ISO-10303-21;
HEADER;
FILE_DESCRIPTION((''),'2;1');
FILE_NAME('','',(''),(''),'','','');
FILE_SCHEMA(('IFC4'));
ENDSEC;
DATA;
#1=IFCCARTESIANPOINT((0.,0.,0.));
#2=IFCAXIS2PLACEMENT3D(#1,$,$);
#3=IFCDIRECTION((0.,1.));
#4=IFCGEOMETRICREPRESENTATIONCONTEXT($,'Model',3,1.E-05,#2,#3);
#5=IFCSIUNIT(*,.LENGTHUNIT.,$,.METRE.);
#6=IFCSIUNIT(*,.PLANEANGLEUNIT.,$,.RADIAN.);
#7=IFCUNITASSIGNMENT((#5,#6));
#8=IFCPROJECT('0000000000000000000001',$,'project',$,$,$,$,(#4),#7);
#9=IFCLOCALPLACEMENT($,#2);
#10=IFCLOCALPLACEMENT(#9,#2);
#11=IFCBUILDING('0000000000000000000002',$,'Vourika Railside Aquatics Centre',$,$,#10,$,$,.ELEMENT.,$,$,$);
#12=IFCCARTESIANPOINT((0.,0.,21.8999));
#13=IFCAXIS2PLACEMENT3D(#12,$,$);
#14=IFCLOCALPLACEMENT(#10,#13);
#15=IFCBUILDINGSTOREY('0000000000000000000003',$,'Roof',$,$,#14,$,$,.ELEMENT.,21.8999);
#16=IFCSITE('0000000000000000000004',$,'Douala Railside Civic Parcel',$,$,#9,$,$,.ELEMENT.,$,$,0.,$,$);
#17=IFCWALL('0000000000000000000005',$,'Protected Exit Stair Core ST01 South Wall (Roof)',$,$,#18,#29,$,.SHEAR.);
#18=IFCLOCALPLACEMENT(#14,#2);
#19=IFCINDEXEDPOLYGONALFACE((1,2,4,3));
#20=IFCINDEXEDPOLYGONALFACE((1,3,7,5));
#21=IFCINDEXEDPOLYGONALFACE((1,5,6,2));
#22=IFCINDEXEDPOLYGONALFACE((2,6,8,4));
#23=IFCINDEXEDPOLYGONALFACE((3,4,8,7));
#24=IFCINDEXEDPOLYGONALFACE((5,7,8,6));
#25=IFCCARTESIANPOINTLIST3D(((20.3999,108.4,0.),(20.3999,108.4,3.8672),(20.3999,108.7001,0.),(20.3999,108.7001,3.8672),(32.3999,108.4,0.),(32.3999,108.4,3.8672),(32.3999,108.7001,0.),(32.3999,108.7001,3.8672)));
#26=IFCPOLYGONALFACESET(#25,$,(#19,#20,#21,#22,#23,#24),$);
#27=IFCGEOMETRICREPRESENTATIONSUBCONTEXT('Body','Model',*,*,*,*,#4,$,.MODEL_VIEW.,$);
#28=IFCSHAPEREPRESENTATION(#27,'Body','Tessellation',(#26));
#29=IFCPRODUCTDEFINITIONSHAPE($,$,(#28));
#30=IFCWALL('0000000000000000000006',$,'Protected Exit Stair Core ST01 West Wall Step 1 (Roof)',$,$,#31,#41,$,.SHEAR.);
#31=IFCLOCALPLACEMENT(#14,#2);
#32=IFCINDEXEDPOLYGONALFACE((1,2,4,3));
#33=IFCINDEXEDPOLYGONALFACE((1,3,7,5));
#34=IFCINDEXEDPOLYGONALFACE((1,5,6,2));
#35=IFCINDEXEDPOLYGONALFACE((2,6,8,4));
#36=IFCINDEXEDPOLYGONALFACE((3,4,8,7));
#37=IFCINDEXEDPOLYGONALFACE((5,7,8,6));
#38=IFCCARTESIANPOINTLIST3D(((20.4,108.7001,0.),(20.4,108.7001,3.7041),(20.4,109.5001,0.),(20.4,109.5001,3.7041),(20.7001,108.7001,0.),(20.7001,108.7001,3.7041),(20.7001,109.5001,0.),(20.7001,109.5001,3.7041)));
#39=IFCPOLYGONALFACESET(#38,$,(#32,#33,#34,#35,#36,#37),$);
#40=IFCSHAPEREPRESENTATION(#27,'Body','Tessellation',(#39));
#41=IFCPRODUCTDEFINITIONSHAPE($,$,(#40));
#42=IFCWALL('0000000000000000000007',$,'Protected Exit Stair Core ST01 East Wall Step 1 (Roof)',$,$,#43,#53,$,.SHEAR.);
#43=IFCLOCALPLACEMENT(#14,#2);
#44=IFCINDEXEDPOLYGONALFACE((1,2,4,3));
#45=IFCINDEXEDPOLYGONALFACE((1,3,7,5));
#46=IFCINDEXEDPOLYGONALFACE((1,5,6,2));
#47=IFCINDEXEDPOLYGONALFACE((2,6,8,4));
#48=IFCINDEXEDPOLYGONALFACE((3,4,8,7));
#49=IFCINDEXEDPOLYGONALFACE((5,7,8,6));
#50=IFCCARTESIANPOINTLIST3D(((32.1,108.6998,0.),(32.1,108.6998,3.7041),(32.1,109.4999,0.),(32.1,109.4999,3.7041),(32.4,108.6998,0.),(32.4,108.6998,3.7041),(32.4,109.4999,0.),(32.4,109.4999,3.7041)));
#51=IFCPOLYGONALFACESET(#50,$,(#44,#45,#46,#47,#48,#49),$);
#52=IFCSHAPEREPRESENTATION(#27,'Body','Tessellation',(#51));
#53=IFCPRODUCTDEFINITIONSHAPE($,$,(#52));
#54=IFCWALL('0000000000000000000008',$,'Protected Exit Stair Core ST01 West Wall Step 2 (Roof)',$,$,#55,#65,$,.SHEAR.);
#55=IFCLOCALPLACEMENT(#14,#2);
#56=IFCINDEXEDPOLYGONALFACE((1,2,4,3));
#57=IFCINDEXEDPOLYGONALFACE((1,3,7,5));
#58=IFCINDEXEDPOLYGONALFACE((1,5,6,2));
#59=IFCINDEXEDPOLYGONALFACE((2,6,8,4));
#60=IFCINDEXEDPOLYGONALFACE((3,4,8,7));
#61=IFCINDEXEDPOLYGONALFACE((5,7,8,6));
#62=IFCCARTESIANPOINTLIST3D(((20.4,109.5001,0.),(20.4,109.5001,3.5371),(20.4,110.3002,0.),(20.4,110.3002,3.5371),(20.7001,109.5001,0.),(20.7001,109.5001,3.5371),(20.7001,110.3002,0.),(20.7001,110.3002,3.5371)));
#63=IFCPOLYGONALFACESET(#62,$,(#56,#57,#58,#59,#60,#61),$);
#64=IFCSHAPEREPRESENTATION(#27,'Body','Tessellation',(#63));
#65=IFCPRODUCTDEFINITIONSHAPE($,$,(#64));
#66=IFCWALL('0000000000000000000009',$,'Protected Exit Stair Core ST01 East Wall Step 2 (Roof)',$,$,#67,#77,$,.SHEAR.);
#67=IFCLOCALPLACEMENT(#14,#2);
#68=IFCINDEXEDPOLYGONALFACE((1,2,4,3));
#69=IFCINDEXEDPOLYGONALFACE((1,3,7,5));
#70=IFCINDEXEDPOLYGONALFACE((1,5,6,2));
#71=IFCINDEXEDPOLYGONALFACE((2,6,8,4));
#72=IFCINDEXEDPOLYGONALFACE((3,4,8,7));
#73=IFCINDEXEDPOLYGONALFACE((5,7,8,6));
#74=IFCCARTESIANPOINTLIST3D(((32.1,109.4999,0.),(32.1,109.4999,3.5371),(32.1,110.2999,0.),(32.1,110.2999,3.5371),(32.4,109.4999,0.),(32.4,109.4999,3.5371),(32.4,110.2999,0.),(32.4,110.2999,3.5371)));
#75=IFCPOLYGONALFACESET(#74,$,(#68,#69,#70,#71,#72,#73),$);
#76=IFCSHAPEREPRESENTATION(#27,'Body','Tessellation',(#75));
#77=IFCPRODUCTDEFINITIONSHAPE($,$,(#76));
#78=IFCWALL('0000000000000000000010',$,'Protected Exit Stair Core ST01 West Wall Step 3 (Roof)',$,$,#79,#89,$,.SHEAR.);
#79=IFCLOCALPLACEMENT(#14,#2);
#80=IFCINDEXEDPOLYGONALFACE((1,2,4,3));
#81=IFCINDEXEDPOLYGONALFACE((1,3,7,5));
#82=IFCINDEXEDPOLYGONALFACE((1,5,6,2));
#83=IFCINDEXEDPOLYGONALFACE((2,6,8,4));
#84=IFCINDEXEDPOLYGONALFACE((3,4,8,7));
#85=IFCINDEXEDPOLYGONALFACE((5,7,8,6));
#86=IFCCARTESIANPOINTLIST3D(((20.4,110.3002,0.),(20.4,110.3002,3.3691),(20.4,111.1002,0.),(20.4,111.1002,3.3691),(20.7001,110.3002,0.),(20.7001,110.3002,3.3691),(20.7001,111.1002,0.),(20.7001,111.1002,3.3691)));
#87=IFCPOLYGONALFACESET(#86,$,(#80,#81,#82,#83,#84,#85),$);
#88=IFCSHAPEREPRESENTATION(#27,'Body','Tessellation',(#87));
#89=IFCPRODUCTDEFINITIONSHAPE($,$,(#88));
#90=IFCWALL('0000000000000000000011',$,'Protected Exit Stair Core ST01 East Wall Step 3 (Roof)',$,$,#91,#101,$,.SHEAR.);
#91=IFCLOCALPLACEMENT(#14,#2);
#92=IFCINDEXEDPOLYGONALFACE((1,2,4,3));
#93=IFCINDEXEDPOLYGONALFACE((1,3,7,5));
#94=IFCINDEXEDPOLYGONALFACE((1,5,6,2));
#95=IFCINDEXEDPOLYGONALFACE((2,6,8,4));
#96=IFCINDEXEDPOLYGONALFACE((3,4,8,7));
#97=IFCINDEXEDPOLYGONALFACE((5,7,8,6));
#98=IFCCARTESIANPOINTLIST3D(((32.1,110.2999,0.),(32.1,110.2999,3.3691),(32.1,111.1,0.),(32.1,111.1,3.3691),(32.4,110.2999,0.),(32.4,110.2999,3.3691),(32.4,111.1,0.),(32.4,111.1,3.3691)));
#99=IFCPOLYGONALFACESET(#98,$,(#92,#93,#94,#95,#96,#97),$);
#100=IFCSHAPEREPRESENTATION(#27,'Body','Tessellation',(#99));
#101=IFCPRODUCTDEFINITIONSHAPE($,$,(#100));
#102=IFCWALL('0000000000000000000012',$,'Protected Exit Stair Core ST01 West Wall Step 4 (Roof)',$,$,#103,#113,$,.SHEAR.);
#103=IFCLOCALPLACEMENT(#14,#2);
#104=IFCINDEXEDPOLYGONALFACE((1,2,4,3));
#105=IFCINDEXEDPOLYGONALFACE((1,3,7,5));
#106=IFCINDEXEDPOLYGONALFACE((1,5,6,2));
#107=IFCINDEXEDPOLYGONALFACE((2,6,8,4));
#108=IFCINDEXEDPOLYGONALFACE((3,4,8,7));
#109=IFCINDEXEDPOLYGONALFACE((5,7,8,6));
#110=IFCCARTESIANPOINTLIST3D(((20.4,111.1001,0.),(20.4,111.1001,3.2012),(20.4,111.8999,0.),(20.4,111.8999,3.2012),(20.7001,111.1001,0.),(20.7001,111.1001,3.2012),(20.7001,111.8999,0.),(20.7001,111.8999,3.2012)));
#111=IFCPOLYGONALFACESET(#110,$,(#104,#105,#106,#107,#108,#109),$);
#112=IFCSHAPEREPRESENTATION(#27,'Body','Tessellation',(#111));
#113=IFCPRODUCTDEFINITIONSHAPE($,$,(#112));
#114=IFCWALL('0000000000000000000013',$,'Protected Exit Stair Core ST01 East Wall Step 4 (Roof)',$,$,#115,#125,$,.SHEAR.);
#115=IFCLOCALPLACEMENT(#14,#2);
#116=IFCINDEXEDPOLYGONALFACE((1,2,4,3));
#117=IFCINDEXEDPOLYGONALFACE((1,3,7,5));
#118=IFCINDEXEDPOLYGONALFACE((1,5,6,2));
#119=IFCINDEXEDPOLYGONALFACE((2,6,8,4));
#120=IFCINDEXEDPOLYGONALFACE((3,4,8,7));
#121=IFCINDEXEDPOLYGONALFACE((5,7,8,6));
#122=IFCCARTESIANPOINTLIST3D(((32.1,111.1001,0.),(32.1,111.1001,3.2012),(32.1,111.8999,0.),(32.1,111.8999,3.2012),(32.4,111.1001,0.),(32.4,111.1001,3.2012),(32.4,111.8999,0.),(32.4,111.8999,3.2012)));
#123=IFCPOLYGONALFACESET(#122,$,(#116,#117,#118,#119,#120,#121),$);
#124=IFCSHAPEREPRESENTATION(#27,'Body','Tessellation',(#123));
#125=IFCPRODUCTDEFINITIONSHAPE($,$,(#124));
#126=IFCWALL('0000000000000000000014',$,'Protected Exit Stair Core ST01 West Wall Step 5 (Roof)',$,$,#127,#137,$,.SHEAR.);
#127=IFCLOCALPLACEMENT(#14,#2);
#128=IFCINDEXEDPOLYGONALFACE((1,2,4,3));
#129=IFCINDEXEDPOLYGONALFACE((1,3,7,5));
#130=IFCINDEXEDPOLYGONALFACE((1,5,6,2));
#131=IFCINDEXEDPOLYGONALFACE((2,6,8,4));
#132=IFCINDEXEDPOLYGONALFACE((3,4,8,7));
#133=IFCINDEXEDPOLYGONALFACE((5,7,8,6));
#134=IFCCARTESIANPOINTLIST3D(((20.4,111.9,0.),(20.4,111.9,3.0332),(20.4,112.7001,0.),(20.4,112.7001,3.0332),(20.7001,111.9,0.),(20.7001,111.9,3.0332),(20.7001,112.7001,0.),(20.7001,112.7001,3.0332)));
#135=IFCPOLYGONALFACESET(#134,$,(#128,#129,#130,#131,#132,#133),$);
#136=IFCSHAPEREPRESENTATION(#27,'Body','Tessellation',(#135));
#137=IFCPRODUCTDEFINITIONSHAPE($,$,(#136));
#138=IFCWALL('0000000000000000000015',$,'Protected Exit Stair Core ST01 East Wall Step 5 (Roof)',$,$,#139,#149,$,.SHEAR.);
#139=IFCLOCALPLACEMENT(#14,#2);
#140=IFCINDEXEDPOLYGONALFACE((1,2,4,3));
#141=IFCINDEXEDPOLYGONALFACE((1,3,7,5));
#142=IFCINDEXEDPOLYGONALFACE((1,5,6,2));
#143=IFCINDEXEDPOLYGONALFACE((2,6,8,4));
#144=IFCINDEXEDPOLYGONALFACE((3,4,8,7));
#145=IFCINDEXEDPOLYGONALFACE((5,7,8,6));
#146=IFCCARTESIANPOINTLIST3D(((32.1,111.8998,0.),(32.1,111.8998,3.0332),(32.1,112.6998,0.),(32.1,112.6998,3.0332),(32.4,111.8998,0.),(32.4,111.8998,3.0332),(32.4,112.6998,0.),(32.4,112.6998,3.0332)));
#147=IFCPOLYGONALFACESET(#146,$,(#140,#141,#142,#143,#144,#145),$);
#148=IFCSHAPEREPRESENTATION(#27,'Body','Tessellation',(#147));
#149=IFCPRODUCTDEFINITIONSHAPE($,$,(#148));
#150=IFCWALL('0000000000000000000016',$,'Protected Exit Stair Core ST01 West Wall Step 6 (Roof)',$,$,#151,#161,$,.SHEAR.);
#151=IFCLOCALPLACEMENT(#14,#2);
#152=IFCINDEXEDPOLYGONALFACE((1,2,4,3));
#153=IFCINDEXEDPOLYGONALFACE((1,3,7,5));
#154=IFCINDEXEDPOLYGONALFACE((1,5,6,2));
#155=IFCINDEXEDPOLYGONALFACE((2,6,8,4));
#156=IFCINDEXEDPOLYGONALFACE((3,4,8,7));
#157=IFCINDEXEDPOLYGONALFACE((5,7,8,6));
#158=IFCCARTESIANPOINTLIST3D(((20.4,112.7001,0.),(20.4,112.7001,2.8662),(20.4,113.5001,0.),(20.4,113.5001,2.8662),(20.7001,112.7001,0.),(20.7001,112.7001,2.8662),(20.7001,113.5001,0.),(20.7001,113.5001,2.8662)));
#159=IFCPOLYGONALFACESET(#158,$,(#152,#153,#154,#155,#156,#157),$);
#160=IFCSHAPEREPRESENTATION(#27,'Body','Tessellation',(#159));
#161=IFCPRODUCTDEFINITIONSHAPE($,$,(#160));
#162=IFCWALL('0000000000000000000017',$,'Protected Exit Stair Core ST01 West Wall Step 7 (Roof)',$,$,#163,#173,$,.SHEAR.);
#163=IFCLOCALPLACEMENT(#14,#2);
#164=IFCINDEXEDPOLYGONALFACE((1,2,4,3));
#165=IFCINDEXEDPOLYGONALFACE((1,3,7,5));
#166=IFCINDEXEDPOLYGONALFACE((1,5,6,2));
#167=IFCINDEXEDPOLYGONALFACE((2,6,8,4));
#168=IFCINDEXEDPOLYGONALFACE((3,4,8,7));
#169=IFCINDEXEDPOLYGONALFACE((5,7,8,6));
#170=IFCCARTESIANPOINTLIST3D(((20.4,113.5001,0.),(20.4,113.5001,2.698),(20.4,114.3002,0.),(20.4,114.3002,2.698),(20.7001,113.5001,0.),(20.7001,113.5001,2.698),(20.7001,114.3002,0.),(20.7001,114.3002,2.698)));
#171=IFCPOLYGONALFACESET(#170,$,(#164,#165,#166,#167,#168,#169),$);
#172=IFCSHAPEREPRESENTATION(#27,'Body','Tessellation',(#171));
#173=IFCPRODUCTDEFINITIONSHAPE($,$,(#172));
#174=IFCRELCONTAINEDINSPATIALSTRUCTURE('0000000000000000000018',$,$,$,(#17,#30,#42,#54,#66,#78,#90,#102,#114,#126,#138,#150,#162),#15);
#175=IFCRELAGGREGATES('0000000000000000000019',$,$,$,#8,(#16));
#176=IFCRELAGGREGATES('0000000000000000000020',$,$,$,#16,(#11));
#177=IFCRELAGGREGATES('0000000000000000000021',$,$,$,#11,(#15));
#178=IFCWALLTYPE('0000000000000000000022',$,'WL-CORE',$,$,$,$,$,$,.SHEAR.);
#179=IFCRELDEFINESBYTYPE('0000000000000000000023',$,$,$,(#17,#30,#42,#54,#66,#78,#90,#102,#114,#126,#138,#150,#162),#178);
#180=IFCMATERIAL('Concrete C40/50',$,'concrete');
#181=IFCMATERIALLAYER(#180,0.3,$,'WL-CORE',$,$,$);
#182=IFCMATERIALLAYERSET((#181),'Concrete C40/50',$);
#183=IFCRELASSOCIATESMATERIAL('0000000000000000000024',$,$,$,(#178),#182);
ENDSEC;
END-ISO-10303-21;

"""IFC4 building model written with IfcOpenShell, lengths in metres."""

from ifc_helpers import new_model, si_unit, direction, frame, frame_2d, origin, place, context, subcontext, project, spatial, rectangle, extrude, material, layer, layer_set, type_object, element, save


model = new_model("IFC4")

# Units and contexts
model_context = context("Model", 3, precision=1e-05, world=origin(), true_north=direction((0.0, 1.0)))
body_context = subcontext(model_context, "Body", "Model", "MODEL_VIEW")
ifc_project = project(units=[si_unit("LENGTHUNIT", "METRE"), si_unit("PLANEANGLEUNIT", "RADIAN")], contexts=[model_context])

# Site, building, storey
site_placement = place(None, origin())
site = spatial("IfcSite", under=ifc_project, at=site_placement, Name="Douala Railside Civic Parcel", CompositionType="ELEMENT", RefElevation=0.0)
building_placement = place(site_placement, origin())
building = spatial("IfcBuilding", under=site, at=building_placement, Name="Vourika Railside Aquatics Centre", CompositionType="ELEMENT")
storey_placement = place(building_placement, frame((0.0, 0.0, 21.8999)))
storey = spatial("IfcBuildingStorey", under=building, at=storey_placement, Name="Roof", CompositionType="ELEMENT", Elevation=21.8999)

# Walls
ifc_material_1 = material(Name="Concrete C40/50", Category="concrete")
ifc_layer_1 = layer(ifc_material_1, 0.3, Name="WL-CORE")
ifc_layer_set_1 = layer_set([ifc_layer_1], Name="Concrete C40/50")
wall_type = type_object("IfcWallType", Name="WL-CORE", PredefinedType="SHEAR", material=ifc_layer_set_1)
wall_1_placement = place(storey_placement, frame((20.3999, 108.55, 0.0), z_axis=(0.0, 0.0, 1.0), x_axis=(1.0, 0.0, 0.0)))
element("IfcWall", 1, at=wall_1_placement, inside=storey, type_object=wall_type, Name="Protected Exit Stair Core ST01 South Wall (Roof)", PredefinedType="SHEAR", context=body_context, shape_type="SweptSolid", body=[
    extrude(rectangle(XDim=12.0, YDim=0.3, at=frame_2d((6.0, 0.0))), origin(), (0.0, 0.0, 1.0), 3.8672),
])
for number, where, z_axis, x_axis, name in (
    (2, (20.55, 109.5, 0.0), (0.0, 0.0, 1.0), (0.0, -1.0, 0.0), "Protected Exit Stair Core ST01 West Wall Step 1 (Roof)"),
    (3, (32.25, 108.7, 0.0), (0.0, 0.0, 1.0), (0.0, 1.0, 0.0), "Protected Exit Stair Core ST01 East Wall Step 1 (Roof)"),
):
    element("IfcWall", number, at=place(storey_placement, frame(where, z_axis=z_axis, x_axis=x_axis)), inside=storey, type_object=wall_type, Name=name, PredefinedType="SHEAR", context=body_context, shape_type="SweptSolid", body=[
        extrude(rectangle(XDim=0.8, YDim=0.3, at=frame_2d((0.3999, 0.0))), origin(), (0.0, 0.0, 1.0), 3.7041),
    ])
for number, where, z_axis, x_axis, name in (
    (4, (20.55, 110.3, 0.0), (0.0, 0.0, 1.0), (0.0, -1.0, 0.0), "Protected Exit Stair Core ST01 West Wall Step 2 (Roof)"),
    (5, (32.25, 109.5, 0.0), (0.0, 0.0, 1.0), (0.0, 1.0, 0.0), "Protected Exit Stair Core ST01 East Wall Step 2 (Roof)"),
):
    element("IfcWall", number, at=place(storey_placement, frame(where, z_axis=z_axis, x_axis=x_axis)), inside=storey, type_object=wall_type, Name=name, PredefinedType="SHEAR", context=body_context, shape_type="SweptSolid", body=[
        extrude(rectangle(XDim=0.8, YDim=0.3, at=frame_2d((0.3999, 0.0))), origin(), (0.0, 0.0, 1.0), 3.5371),
    ])
for number, where, z_axis, x_axis, name in (
    (6, (20.55, 111.1001, 0.0), (0.0, 0.0, 1.0), (0.0, -1.0, 0.0), "Protected Exit Stair Core ST01 West Wall Step 3 (Roof)"),
    (7, (32.25, 110.3, 0.0), (0.0, 0.0, 1.0), (0.0, 1.0, 0.0), "Protected Exit Stair Core ST01 East Wall Step 3 (Roof)"),
):
    element("IfcWall", number, at=place(storey_placement, frame(where, z_axis=z_axis, x_axis=x_axis)), inside=storey, type_object=wall_type, Name=name, PredefinedType="SHEAR", context=body_context, shape_type="SweptSolid", body=[
        extrude(rectangle(XDim=0.8, YDim=0.3, at=frame_2d((0.3999, 0.0))), origin(), (0.0, 0.0, 1.0), 3.3691),
    ])
for number, where, z_axis, x_axis, name in (
    (8, (20.55, 111.8999, 0.0), (0.0, 0.0, 1.0), (0.0, -1.0, 0.0), "Protected Exit Stair Core ST01 West Wall Step 4 (Roof)"),
    (9, (32.25, 111.1001, 0.0), (0.0, 0.0, 1.0), (0.0, 1.0, 0.0), "Protected Exit Stair Core ST01 East Wall Step 4 (Roof)"),
):
    element("IfcWall", number, at=place(storey_placement, frame(where, z_axis=z_axis, x_axis=x_axis)), inside=storey, type_object=wall_type, Name=name, PredefinedType="SHEAR", context=body_context, shape_type="SweptSolid", body=[
        extrude(rectangle(XDim=0.7998, YDim=0.3, at=frame_2d((0.3999, 0.0))), origin(), (0.0, 0.0, 1.0), 3.2012),
    ])
for number, where, z_axis, x_axis, name in (
    (10, (20.55, 112.7, 0.0), (0.0, 0.0, 1.0), (0.0, -1.0, 0.0), "Protected Exit Stair Core ST01 West Wall Step 5 (Roof)"),
    (11, (32.25, 111.8999, 0.0), (0.0, 0.0, 1.0), (0.0, 1.0, 0.0), "Protected Exit Stair Core ST01 East Wall Step 5 (Roof)"),
):
    element("IfcWall", number, at=place(storey_placement, frame(where, z_axis=z_axis, x_axis=x_axis)), inside=storey, type_object=wall_type, Name=name, PredefinedType="SHEAR", context=body_context, shape_type="SweptSolid", body=[
        extrude(rectangle(XDim=0.8, YDim=0.3, at=frame_2d((0.3999, 0.0))), origin(), (0.0, 0.0, 1.0), 3.0332),
    ])
wall_2_placement = place(storey_placement, frame((20.55, 113.5, 0.0), z_axis=(0.0, 0.0, 1.0), x_axis=(0.0, -1.0, 0.0)))
element("IfcWall", 12, at=wall_2_placement, inside=storey, type_object=wall_type, Name="Protected Exit Stair Core ST01 West Wall Step 6 (Roof)", PredefinedType="SHEAR", context=body_context, shape_type="SweptSolid", body=[
    extrude(rectangle(XDim=0.8, YDim=0.3, at=frame_2d((0.3999, 0.0))), origin(), (0.0, 0.0, 1.0), 2.8662),
])
wall_3_placement = place(storey_placement, frame((20.55, 114.3, 0.0), z_axis=(0.0, 0.0, 1.0), x_axis=(0.0, -1.0, 0.0)))
element("IfcWall", 13, at=wall_3_placement, inside=storey, type_object=wall_type, Name="Protected Exit Stair Core ST01 West Wall Step 7 (Roof)", PredefinedType="SHEAR", context=body_context, shape_type="SweptSolid", body=[
    extrude(rectangle(XDim=0.8, YDim=0.3, at=frame_2d((0.3999, 0.0))), origin(), (0.0, 0.0, 1.0), 2.698),
])

save(model, "model.ifc")
